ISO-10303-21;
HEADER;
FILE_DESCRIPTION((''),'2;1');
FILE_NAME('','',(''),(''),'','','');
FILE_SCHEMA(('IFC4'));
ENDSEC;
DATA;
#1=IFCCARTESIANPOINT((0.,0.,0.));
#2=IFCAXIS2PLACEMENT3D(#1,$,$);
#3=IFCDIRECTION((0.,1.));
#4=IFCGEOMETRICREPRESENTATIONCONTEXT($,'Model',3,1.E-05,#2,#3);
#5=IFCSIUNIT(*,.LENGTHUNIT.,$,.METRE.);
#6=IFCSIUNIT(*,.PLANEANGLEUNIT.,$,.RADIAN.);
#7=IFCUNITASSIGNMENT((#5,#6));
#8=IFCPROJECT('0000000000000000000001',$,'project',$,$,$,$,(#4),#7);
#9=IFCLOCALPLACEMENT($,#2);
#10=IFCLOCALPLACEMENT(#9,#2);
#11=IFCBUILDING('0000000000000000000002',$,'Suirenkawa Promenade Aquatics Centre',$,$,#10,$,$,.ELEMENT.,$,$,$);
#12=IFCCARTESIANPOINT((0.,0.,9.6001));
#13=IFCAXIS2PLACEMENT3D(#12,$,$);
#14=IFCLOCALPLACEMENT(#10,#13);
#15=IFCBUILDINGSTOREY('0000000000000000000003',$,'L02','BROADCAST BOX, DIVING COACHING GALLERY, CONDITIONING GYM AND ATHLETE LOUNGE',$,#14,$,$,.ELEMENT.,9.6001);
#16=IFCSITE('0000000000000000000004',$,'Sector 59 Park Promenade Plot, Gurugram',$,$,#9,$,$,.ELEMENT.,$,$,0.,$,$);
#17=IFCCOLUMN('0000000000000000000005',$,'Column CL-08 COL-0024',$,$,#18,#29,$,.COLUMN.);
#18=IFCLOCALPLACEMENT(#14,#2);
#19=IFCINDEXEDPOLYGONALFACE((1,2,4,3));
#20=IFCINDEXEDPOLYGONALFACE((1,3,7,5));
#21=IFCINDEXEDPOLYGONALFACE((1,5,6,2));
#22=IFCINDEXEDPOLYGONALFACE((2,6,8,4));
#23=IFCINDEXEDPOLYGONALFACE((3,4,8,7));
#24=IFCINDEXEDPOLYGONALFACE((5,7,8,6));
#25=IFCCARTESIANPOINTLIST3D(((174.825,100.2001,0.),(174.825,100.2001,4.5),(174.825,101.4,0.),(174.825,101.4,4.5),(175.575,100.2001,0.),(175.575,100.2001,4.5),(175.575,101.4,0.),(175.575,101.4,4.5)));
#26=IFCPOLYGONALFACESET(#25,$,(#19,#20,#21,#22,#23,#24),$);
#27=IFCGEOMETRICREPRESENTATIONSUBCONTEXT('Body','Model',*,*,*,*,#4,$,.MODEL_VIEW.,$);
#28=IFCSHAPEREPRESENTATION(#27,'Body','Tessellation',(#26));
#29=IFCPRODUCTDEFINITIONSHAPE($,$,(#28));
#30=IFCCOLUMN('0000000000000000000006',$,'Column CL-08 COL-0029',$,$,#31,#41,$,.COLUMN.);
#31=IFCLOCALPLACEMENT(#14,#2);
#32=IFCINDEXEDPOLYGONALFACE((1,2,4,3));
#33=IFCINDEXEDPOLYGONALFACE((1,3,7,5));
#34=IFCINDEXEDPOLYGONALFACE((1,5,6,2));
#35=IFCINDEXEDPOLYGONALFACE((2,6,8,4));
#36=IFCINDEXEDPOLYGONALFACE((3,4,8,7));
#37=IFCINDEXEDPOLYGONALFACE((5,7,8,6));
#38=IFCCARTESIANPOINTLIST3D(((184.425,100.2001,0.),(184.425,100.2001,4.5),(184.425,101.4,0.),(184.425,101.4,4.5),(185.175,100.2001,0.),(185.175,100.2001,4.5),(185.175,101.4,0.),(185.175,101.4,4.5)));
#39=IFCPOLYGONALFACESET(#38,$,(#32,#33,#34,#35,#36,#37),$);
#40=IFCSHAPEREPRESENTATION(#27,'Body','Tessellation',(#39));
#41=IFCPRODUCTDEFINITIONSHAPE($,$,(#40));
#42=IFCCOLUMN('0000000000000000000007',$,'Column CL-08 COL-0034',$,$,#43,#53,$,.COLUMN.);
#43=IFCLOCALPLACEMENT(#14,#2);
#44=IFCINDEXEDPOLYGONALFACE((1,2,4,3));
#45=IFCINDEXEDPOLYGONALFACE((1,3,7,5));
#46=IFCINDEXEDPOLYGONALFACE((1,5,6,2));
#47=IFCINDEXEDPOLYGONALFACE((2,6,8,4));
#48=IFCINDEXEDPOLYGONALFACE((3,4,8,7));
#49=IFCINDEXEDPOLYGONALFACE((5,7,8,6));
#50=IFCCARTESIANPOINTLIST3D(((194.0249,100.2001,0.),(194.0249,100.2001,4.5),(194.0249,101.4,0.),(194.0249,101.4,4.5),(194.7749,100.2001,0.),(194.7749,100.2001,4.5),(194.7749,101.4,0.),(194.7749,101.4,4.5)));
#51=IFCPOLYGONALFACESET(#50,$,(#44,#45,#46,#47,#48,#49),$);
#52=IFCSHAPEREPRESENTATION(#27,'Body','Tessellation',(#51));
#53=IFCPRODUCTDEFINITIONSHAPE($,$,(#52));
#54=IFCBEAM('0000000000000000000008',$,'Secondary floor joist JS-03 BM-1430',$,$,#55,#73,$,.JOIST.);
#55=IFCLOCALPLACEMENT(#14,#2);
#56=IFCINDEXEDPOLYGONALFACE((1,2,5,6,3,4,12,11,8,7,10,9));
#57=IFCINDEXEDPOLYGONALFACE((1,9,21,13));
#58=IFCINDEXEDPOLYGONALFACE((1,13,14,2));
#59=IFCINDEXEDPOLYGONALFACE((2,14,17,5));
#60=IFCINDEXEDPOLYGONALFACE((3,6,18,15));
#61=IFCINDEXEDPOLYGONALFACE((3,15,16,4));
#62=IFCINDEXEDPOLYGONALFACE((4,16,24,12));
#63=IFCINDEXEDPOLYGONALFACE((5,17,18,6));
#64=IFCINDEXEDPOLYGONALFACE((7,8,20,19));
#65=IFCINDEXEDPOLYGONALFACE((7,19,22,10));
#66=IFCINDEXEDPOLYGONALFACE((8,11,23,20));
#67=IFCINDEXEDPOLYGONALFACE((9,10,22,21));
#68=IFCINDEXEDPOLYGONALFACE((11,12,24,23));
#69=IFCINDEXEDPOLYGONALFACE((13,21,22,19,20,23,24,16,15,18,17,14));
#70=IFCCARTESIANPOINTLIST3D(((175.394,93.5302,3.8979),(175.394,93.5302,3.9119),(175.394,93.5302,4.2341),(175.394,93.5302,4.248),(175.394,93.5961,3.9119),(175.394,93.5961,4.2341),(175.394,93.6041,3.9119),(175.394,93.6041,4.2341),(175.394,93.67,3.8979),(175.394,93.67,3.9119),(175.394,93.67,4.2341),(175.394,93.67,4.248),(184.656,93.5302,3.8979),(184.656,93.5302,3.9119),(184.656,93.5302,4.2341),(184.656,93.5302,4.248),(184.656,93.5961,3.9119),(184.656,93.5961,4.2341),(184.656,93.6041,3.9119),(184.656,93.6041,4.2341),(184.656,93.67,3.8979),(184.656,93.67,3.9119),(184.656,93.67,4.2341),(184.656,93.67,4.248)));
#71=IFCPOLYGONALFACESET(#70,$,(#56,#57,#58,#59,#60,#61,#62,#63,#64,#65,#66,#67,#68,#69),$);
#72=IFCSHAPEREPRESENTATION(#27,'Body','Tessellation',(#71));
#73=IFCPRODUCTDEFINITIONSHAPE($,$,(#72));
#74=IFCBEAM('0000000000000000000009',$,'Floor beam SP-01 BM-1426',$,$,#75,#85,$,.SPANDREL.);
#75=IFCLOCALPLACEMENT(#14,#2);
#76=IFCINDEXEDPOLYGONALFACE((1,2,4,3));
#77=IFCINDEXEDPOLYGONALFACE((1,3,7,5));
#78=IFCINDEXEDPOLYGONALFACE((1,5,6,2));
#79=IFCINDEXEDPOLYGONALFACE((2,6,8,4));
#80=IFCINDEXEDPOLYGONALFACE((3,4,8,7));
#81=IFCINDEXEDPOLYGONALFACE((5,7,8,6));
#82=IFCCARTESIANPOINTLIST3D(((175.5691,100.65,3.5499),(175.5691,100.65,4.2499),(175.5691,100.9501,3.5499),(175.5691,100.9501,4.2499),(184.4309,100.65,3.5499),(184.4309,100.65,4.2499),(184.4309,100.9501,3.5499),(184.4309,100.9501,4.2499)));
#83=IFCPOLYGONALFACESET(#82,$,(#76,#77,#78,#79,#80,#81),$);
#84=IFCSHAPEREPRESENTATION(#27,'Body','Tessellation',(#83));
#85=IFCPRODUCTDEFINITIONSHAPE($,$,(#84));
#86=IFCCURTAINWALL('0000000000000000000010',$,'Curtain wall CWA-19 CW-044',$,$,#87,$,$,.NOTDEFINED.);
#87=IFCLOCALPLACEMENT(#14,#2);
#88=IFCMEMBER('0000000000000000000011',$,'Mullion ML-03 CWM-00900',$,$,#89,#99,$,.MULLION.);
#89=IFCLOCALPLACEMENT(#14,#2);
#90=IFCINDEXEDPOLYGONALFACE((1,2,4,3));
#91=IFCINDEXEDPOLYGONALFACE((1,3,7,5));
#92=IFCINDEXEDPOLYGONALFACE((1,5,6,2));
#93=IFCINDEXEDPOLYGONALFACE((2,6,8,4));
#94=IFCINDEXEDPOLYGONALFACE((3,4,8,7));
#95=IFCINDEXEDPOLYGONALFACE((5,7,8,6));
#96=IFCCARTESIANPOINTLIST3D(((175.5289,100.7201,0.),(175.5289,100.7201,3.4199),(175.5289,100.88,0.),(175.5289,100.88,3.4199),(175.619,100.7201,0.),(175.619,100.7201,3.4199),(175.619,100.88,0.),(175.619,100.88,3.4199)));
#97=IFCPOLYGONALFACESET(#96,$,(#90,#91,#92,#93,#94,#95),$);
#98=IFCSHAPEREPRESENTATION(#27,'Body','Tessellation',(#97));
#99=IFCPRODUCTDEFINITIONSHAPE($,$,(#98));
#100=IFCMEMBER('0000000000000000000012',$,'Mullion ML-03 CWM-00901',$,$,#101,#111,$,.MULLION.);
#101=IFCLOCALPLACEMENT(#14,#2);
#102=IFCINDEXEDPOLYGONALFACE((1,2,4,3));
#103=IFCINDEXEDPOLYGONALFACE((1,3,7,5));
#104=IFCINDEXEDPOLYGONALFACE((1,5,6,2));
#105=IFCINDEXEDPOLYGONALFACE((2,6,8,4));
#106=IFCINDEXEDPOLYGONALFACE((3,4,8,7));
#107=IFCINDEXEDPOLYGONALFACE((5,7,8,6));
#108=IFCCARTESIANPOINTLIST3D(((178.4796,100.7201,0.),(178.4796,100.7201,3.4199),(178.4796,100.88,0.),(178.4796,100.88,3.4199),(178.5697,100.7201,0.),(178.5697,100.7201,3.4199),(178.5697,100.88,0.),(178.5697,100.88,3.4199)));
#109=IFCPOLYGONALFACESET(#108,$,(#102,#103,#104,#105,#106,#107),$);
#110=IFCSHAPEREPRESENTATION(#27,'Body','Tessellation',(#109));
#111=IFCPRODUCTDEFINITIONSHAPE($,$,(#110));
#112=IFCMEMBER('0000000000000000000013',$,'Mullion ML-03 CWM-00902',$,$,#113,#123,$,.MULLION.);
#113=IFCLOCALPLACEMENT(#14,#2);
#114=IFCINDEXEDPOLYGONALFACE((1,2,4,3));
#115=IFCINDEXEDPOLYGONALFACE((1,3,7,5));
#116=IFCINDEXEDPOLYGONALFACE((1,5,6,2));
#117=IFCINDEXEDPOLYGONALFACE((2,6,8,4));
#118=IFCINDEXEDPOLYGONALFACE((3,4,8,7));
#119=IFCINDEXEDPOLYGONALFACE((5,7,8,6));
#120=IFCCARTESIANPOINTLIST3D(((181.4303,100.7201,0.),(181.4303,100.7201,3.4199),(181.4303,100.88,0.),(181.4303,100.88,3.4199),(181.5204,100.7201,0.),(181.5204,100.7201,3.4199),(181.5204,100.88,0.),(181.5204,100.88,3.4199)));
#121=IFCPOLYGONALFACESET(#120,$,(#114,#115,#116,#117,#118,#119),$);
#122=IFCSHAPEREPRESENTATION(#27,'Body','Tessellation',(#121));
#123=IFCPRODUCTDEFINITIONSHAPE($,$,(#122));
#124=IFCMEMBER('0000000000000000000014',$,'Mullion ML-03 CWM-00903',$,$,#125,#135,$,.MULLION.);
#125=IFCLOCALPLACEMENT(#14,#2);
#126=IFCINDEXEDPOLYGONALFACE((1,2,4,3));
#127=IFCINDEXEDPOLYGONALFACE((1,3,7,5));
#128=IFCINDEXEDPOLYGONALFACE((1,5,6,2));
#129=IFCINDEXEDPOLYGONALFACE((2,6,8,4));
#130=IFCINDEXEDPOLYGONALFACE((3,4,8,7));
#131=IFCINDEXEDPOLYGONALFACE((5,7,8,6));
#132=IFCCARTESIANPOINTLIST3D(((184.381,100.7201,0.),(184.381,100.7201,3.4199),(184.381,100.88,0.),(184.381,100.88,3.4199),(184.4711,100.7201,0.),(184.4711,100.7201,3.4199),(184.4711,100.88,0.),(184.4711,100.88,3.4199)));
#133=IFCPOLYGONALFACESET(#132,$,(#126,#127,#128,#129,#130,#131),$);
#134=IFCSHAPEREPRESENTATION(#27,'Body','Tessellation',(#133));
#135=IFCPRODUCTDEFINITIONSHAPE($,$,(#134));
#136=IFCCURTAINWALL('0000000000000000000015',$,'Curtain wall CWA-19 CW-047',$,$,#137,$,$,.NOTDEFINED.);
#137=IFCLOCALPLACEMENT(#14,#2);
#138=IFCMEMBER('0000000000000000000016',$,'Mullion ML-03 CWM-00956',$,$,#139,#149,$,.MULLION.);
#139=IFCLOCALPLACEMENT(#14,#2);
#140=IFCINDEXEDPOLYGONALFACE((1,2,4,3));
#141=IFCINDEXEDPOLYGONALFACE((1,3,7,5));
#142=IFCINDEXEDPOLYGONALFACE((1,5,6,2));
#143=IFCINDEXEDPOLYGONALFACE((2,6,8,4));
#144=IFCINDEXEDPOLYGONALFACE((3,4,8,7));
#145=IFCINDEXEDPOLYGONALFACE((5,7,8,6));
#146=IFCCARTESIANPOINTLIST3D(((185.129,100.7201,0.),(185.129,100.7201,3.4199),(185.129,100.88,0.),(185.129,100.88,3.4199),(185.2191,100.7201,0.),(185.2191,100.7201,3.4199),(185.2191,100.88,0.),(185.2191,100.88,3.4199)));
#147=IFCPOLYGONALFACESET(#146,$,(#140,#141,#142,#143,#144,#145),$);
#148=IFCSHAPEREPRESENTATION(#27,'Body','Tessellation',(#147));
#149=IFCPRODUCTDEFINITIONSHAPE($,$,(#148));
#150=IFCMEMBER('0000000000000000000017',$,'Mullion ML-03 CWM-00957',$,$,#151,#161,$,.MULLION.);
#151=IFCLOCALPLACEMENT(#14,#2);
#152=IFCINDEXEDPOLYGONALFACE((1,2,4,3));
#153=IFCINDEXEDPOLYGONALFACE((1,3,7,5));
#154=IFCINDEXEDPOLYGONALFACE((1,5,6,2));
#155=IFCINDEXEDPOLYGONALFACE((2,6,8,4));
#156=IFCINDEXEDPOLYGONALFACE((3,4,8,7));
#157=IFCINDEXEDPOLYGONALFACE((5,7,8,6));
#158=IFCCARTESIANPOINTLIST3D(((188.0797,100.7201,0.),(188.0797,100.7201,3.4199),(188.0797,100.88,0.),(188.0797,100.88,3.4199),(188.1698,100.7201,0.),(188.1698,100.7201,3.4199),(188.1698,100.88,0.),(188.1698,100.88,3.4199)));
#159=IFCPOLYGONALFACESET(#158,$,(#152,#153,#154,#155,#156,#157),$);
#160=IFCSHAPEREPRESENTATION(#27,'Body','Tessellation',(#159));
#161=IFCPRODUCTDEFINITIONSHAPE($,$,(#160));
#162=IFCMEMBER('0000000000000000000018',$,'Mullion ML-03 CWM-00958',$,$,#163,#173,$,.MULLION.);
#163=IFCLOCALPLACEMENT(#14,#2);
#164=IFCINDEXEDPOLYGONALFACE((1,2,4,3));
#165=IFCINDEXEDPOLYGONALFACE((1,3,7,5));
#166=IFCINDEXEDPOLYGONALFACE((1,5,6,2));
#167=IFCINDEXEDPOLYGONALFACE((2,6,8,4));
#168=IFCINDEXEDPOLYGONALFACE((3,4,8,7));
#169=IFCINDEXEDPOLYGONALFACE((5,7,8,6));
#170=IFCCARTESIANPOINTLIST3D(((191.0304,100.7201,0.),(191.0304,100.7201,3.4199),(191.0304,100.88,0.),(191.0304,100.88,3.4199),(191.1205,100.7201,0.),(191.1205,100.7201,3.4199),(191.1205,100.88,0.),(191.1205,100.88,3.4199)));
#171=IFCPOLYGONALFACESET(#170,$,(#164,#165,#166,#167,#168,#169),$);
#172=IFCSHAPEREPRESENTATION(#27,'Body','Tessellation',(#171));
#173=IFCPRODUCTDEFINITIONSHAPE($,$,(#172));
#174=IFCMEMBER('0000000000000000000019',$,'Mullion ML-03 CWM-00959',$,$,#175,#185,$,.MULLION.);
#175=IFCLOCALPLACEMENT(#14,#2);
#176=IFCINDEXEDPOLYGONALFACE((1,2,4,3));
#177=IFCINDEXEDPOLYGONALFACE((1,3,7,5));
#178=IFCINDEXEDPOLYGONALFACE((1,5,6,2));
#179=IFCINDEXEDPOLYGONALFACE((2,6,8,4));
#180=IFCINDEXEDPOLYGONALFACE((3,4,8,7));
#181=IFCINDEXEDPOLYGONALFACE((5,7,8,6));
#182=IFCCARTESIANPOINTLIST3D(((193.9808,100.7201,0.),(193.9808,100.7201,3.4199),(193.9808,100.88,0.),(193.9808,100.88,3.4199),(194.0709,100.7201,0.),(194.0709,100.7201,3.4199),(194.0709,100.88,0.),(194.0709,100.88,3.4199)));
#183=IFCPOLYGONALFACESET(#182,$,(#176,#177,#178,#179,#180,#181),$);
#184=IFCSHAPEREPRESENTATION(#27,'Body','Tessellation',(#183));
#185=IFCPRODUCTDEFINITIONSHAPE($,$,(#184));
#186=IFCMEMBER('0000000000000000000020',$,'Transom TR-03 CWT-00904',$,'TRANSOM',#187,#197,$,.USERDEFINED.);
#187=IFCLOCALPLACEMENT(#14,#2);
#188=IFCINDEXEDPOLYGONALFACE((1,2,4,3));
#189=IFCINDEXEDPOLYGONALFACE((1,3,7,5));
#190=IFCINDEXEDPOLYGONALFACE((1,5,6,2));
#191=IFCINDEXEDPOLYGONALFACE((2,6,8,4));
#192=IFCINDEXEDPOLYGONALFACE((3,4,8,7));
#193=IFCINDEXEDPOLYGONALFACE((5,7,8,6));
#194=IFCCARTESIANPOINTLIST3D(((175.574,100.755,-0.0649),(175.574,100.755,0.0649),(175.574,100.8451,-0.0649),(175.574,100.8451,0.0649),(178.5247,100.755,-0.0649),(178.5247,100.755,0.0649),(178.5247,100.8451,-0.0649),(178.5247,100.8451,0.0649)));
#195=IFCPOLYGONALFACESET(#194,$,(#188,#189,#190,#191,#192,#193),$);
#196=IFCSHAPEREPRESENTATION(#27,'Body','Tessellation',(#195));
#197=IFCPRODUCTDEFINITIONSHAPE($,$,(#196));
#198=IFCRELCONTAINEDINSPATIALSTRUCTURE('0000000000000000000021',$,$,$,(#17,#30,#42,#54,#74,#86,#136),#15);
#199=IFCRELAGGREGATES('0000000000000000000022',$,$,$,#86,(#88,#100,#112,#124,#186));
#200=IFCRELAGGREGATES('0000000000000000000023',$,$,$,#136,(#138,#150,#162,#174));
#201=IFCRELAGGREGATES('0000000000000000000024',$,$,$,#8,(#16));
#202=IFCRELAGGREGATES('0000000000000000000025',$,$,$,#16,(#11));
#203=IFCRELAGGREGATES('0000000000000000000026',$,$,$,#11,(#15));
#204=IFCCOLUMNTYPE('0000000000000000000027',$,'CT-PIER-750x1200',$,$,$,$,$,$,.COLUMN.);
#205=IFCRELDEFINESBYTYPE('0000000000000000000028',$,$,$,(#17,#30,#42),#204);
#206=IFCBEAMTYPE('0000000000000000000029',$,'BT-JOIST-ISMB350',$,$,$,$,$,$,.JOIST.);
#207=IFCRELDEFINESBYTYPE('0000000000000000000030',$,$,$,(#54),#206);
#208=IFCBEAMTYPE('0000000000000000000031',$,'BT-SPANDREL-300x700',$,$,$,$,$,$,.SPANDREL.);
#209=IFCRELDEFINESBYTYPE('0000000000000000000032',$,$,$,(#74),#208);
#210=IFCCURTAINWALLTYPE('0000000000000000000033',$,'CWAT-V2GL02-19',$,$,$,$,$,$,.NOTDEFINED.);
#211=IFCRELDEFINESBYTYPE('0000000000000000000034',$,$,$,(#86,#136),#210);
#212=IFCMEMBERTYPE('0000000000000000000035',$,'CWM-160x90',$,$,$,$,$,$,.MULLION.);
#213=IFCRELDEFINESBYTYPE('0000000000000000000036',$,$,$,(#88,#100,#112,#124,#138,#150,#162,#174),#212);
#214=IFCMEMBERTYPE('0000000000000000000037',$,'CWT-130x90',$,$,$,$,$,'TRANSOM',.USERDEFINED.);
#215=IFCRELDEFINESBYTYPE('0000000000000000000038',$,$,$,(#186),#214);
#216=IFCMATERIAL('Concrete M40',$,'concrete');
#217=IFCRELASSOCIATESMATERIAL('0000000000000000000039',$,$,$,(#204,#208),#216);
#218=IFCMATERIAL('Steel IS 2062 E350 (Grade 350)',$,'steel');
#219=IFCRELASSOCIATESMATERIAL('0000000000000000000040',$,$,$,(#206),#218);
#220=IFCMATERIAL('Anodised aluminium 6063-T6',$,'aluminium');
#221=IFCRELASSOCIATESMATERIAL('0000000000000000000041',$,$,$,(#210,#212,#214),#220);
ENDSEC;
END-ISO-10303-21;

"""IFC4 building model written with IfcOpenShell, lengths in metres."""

from ifc_helpers import new_model, si_unit, direction, frame, origin, origin_2d, place, context, subcontext, project, spatial, rectangle, i_section, extrude, material, material_profile, profile_set, type_object, element, aggregate, save


model = new_model("IFC4")

# Units and contexts
model_context = context("Model", 3, precision=1e-05, world=origin(), true_north=direction((0.0, 1.0)))
body_context = subcontext(model_context, "Body", "Model", "MODEL_VIEW")
ifc_project = project(units=[si_unit("LENGTHUNIT", "METRE"), si_unit("PLANEANGLEUNIT", "RADIAN")], contexts=[model_context])

# Site, building, storey
site_placement = place(None, origin())
site = spatial("IfcSite", under=ifc_project, at=site_placement, Name="Sector 59 Park Promenade Plot, Gurugram", CompositionType="ELEMENT", RefElevation=0.0)
building_placement = place(site_placement, origin())
building = spatial("IfcBuilding", under=site, at=building_placement, Name="Suirenkawa Promenade Aquatics Centre", CompositionType="ELEMENT")
storey_placement = place(building_placement, frame((0.0, 0.0, 9.6001)))
storey = spatial("IfcBuildingStorey", under=building, at=storey_placement, Name="L02", Description="BROADCAST BOX, DIVING COACHING GALLERY, CONDITIONING GYM AND ATHLETE LOUNGE", CompositionType="ELEMENT", Elevation=9.6001)

# Columns
ifc_material_1 = material(Name="Concrete M40", Category="concrete")
ifc_material_profile_1 = material_profile(ifc_material_1, rectangle(XDim=0.75, YDim=1.2, at=origin_2d()), Name="RC PIER 750x1200", Category="concrete")
ifc_profile_set_1 = profile_set([ifc_material_profile_1], Name="Concrete M40")
column_type = type_object("IfcColumnType", Name="CT-PIER-750x1200", PredefinedType="COLUMN", material=ifc_profile_set_1)
for number, where, z_axis, x_axis, name in (
    (1, (175.2, 100.8, 0.0), (0.0, 0.0, 1.0), (1.0, 0.0, 0.0), "Column CL-08 COL-0024"),
    (2, (184.8, 100.8, 0.0), (0.0, 0.0, 1.0), (1.0, 0.0, 0.0), "Column CL-08 COL-0029"),
    (3, (194.3999, 100.8, 0.0), (0.0, 0.0, 1.0), (1.0, 0.0, 0.0), "Column CL-08 COL-0034"),
):
    element("IfcColumn", number, at=place(storey_placement, frame(where, z_axis=z_axis, x_axis=x_axis)), inside=storey, type_object=column_type, Name=name, PredefinedType="COLUMN", context=body_context, shape_type="SweptSolid", body=[
        extrude(rectangle(XDim=0.75, YDim=1.2, at=origin_2d()), origin(), (0.0, 0.0, 1.0), 4.5),
    ])

# Beams
ifc_material_2 = material(Name="Steel IS 2062 E350 (Grade 350)", Category="steel")
ifc_material_profile_2 = material_profile(ifc_material_2, i_section(OverallWidth=0.1399, OverallDepth=0.3501, WebThickness=0.0081, FlangeThickness=0.0139, at=origin_2d()), Name="ISMB 350", Category="steel")
ifc_profile_set_2 = profile_set([ifc_material_profile_2], Name="Steel IS 2062 E350 (Grade 350)")
beam_type_1 = type_object("IfcBeamType", Name="BT-JOIST-ISMB350", PredefinedType="JOIST", material=ifc_profile_set_2)
beam_1_placement = place(storey_placement, frame((175.394, 93.6001, 4.073), z_axis=(1.0, 0.0, 0.0), x_axis=(0.0, 1.0, 0.0)))
element("IfcBeam", 4, at=beam_1_placement, inside=storey, type_object=beam_type_1, Name="Secondary floor joist JS-03 BM-1430", PredefinedType="JOIST", context=body_context, shape_type="SweptSolid", body=[
    extrude(i_section(OverallWidth=0.1399, OverallDepth=0.3501, WebThickness=0.0081, FlangeThickness=0.0139, at=origin_2d()), origin(), (0.0, 0.0, 1.0), 9.262),
])
ifc_material_profile_3 = material_profile(ifc_material_1, rectangle(XDim=0.3, YDim=0.7, at=origin_2d()), Name="RC SPANDREL 300x700", Category="concrete")
ifc_profile_set_3 = profile_set([ifc_material_profile_3], Name="Concrete M40")
beam_type_2 = type_object("IfcBeamType", Name="BT-SPANDREL-300x700", PredefinedType="SPANDREL", material=ifc_profile_set_3)
beam_2_placement = place(storey_placement, frame((175.5691, 100.8, 3.8999), z_axis=(1.0, 0.0, 0.0), x_axis=(0.0, 1.0, 0.0)))
element("IfcBeam", 5, at=beam_2_placement, inside=storey, type_object=beam_type_2, Name="Floor beam SP-01 BM-1426", PredefinedType="SPANDREL", context=body_context, shape_type="SweptSolid", body=[
    extrude(rectangle(XDim=0.3, YDim=0.7, at=origin_2d()), origin(), (0.0, 0.0, 1.0), 8.8618),
])

# Curtain walls, members
ifc_material_3 = material(Name="Anodised aluminium 6063-T6", Category="aluminium")
curtain_wall_type = type_object("IfcCurtainWallType", Name="CWAT-V2GL02-19", PredefinedType="NOTDEFINED", material=ifc_material_3)
curtain_wall_1_placement = place(storey_placement, origin())
curtain_wall_1 = element("IfcCurtainWall", 6, at=curtain_wall_1_placement, inside=storey, type_object=curtain_wall_type, Name="Curtain wall CWA-19 CW-044", PredefinedType="NOTDEFINED")
ifc_material_profile_4 = material_profile(ifc_material_3, rectangle(XDim=0.0901, YDim=0.1599, at=origin_2d()), Name="ALU MULL 90x160", Category="aluminium")
ifc_profile_set_4 = profile_set([ifc_material_profile_4], Name="Anodised aluminium 6063-T6")
member_type_1 = type_object("IfcMemberType", Name="CWM-160x90", PredefinedType="MULLION", material=ifc_profile_set_4)
member_1_placement = place(storey_placement, frame((175.574, 100.8, 0.0), z_axis=(0.0, 0.0, 1.0), x_axis=(1.0, 0.0, 0.0)))
member_1 = element("IfcMember", 7, at=member_1_placement, type_object=member_type_1, Name="Mullion ML-03 CWM-00900", PredefinedType="MULLION", context=body_context, shape_type="SweptSolid", body=[
    extrude(rectangle(XDim=0.0901, YDim=0.1599, at=origin_2d()), origin(), (0.0, 0.0, 1.0), 3.4199),
])
member_2_placement = place(storey_placement, frame((178.5247, 100.8, 0.0), z_axis=(0.0, 0.0, 1.0), x_axis=(1.0, 0.0, 0.0)))
member_2 = element("IfcMember", 8, at=member_2_placement, type_object=member_type_1, Name="Mullion ML-03 CWM-00901", PredefinedType="MULLION", context=body_context, shape_type="SweptSolid", body=[
    extrude(rectangle(XDim=0.0901, YDim=0.1599, at=origin_2d()), origin(), (0.0, 0.0, 1.0), 3.4199),
])
member_3_placement = place(storey_placement, frame((181.4753, 100.8, 0.0), z_axis=(0.0, 0.0, 1.0), x_axis=(1.0, 0.0, 0.0)))
member_3 = element("IfcMember", 9, at=member_3_placement, type_object=member_type_1, Name="Mullion ML-03 CWM-00902", PredefinedType="MULLION", context=body_context, shape_type="SweptSolid", body=[
    extrude(rectangle(XDim=0.0901, YDim=0.1599, at=origin_2d()), origin(), (0.0, 0.0, 1.0), 3.4199),
])
member_4_placement = place(storey_placement, frame((184.426, 100.8, 0.0), z_axis=(0.0, 0.0, 1.0), x_axis=(1.0, 0.0, 0.0)))
member_4 = element("IfcMember", 10, at=member_4_placement, type_object=member_type_1, Name="Mullion ML-03 CWM-00903", PredefinedType="MULLION", context=body_context, shape_type="SweptSolid", body=[
    extrude(rectangle(XDim=0.0901, YDim=0.1599, at=origin_2d()), origin(), (0.0, 0.0, 1.0), 3.4199),
])
curtain_wall_2_placement = place(storey_placement, origin())
curtain_wall_2 = element("IfcCurtainWall", 11, at=curtain_wall_2_placement, inside=storey, type_object=curtain_wall_type, Name="Curtain wall CWA-19 CW-047", PredefinedType="NOTDEFINED")
member_5_placement = place(storey_placement, frame((185.1741, 100.8, 0.0), z_axis=(0.0, 0.0, 1.0), x_axis=(1.0, 0.0, 0.0)))
member_5 = element("IfcMember", 12, at=member_5_placement, type_object=member_type_1, Name="Mullion ML-03 CWM-00956", PredefinedType="MULLION", context=body_context, shape_type="SweptSolid", body=[
    extrude(rectangle(XDim=0.0901, YDim=0.1599, at=origin_2d()), origin(), (0.0, 0.0, 1.0), 3.4199),
])
member_6_placement = place(storey_placement, frame((188.1248, 100.8, 0.0), z_axis=(0.0, 0.0, 1.0), x_axis=(1.0, 0.0, 0.0)))
member_6 = element("IfcMember", 13, at=member_6_placement, type_object=member_type_1, Name="Mullion ML-03 CWM-00957", PredefinedType="MULLION", context=body_context, shape_type="SweptSolid", body=[
    extrude(rectangle(XDim=0.0901, YDim=0.1599, at=origin_2d()), origin(), (0.0, 0.0, 1.0), 3.4199),
])
member_7_placement = place(storey_placement, frame((191.0754, 100.8, 0.0), z_axis=(0.0, 0.0, 1.0), x_axis=(1.0, 0.0, 0.0)))
member_7 = element("IfcMember", 14, at=member_7_placement, type_object=member_type_1, Name="Mullion ML-03 CWM-00958", PredefinedType="MULLION", context=body_context, shape_type="SweptSolid", body=[
    extrude(rectangle(XDim=0.0901, YDim=0.1599, at=origin_2d()), origin(), (0.0, 0.0, 1.0), 3.4199),
])
member_8_placement = place(storey_placement, frame((194.0259, 100.8, 0.0), z_axis=(0.0, 0.0, 1.0), x_axis=(1.0, 0.0, 0.0)))
member_8 = element("IfcMember", 15, at=member_8_placement, type_object=member_type_1, Name="Mullion ML-03 CWM-00959", PredefinedType="MULLION", context=body_context, shape_type="SweptSolid", body=[
    extrude(rectangle(XDim=0.0901, YDim=0.1599, at=origin_2d()), origin(), (0.0, 0.0, 1.0), 3.4199),
])

# Member
ifc_material_profile_5 = material_profile(ifc_material_3, rectangle(XDim=0.0901, YDim=0.1299, at=origin_2d()), Name="ALU TRAN 90x130", Category="aluminium")
ifc_profile_set_5 = profile_set([ifc_material_profile_5], Name="Anodised aluminium 6063-T6")
member_type_2 = type_object("IfcMemberType", Name="CWT-130x90", ElementType="TRANSOM", PredefinedType="USERDEFINED", material=ifc_profile_set_5)
member_9_placement = place(storey_placement, frame((175.574, 100.8, 0.0), z_axis=(1.0, 0.0, 0.0), x_axis=(0.0, 1.0, 0.0)))
member_9 = element("IfcMember", 16, at=member_9_placement, type_object=member_type_2, Name="Transom TR-03 CWT-00904", ObjectType="TRANSOM", PredefinedType="USERDEFINED", context=body_context, shape_type="SweptSolid", body=[
    extrude(rectangle(XDim=0.0901, YDim=0.1299, at=origin_2d()), origin(), (0.0, 0.0, 1.0), 2.9507),
])

aggregate(curtain_wall_1, [member_1, member_2, member_3, member_4, member_9])
aggregate(curtain_wall_2, [member_5, member_6, member_7, member_8])

save(model, "model.ifc")
